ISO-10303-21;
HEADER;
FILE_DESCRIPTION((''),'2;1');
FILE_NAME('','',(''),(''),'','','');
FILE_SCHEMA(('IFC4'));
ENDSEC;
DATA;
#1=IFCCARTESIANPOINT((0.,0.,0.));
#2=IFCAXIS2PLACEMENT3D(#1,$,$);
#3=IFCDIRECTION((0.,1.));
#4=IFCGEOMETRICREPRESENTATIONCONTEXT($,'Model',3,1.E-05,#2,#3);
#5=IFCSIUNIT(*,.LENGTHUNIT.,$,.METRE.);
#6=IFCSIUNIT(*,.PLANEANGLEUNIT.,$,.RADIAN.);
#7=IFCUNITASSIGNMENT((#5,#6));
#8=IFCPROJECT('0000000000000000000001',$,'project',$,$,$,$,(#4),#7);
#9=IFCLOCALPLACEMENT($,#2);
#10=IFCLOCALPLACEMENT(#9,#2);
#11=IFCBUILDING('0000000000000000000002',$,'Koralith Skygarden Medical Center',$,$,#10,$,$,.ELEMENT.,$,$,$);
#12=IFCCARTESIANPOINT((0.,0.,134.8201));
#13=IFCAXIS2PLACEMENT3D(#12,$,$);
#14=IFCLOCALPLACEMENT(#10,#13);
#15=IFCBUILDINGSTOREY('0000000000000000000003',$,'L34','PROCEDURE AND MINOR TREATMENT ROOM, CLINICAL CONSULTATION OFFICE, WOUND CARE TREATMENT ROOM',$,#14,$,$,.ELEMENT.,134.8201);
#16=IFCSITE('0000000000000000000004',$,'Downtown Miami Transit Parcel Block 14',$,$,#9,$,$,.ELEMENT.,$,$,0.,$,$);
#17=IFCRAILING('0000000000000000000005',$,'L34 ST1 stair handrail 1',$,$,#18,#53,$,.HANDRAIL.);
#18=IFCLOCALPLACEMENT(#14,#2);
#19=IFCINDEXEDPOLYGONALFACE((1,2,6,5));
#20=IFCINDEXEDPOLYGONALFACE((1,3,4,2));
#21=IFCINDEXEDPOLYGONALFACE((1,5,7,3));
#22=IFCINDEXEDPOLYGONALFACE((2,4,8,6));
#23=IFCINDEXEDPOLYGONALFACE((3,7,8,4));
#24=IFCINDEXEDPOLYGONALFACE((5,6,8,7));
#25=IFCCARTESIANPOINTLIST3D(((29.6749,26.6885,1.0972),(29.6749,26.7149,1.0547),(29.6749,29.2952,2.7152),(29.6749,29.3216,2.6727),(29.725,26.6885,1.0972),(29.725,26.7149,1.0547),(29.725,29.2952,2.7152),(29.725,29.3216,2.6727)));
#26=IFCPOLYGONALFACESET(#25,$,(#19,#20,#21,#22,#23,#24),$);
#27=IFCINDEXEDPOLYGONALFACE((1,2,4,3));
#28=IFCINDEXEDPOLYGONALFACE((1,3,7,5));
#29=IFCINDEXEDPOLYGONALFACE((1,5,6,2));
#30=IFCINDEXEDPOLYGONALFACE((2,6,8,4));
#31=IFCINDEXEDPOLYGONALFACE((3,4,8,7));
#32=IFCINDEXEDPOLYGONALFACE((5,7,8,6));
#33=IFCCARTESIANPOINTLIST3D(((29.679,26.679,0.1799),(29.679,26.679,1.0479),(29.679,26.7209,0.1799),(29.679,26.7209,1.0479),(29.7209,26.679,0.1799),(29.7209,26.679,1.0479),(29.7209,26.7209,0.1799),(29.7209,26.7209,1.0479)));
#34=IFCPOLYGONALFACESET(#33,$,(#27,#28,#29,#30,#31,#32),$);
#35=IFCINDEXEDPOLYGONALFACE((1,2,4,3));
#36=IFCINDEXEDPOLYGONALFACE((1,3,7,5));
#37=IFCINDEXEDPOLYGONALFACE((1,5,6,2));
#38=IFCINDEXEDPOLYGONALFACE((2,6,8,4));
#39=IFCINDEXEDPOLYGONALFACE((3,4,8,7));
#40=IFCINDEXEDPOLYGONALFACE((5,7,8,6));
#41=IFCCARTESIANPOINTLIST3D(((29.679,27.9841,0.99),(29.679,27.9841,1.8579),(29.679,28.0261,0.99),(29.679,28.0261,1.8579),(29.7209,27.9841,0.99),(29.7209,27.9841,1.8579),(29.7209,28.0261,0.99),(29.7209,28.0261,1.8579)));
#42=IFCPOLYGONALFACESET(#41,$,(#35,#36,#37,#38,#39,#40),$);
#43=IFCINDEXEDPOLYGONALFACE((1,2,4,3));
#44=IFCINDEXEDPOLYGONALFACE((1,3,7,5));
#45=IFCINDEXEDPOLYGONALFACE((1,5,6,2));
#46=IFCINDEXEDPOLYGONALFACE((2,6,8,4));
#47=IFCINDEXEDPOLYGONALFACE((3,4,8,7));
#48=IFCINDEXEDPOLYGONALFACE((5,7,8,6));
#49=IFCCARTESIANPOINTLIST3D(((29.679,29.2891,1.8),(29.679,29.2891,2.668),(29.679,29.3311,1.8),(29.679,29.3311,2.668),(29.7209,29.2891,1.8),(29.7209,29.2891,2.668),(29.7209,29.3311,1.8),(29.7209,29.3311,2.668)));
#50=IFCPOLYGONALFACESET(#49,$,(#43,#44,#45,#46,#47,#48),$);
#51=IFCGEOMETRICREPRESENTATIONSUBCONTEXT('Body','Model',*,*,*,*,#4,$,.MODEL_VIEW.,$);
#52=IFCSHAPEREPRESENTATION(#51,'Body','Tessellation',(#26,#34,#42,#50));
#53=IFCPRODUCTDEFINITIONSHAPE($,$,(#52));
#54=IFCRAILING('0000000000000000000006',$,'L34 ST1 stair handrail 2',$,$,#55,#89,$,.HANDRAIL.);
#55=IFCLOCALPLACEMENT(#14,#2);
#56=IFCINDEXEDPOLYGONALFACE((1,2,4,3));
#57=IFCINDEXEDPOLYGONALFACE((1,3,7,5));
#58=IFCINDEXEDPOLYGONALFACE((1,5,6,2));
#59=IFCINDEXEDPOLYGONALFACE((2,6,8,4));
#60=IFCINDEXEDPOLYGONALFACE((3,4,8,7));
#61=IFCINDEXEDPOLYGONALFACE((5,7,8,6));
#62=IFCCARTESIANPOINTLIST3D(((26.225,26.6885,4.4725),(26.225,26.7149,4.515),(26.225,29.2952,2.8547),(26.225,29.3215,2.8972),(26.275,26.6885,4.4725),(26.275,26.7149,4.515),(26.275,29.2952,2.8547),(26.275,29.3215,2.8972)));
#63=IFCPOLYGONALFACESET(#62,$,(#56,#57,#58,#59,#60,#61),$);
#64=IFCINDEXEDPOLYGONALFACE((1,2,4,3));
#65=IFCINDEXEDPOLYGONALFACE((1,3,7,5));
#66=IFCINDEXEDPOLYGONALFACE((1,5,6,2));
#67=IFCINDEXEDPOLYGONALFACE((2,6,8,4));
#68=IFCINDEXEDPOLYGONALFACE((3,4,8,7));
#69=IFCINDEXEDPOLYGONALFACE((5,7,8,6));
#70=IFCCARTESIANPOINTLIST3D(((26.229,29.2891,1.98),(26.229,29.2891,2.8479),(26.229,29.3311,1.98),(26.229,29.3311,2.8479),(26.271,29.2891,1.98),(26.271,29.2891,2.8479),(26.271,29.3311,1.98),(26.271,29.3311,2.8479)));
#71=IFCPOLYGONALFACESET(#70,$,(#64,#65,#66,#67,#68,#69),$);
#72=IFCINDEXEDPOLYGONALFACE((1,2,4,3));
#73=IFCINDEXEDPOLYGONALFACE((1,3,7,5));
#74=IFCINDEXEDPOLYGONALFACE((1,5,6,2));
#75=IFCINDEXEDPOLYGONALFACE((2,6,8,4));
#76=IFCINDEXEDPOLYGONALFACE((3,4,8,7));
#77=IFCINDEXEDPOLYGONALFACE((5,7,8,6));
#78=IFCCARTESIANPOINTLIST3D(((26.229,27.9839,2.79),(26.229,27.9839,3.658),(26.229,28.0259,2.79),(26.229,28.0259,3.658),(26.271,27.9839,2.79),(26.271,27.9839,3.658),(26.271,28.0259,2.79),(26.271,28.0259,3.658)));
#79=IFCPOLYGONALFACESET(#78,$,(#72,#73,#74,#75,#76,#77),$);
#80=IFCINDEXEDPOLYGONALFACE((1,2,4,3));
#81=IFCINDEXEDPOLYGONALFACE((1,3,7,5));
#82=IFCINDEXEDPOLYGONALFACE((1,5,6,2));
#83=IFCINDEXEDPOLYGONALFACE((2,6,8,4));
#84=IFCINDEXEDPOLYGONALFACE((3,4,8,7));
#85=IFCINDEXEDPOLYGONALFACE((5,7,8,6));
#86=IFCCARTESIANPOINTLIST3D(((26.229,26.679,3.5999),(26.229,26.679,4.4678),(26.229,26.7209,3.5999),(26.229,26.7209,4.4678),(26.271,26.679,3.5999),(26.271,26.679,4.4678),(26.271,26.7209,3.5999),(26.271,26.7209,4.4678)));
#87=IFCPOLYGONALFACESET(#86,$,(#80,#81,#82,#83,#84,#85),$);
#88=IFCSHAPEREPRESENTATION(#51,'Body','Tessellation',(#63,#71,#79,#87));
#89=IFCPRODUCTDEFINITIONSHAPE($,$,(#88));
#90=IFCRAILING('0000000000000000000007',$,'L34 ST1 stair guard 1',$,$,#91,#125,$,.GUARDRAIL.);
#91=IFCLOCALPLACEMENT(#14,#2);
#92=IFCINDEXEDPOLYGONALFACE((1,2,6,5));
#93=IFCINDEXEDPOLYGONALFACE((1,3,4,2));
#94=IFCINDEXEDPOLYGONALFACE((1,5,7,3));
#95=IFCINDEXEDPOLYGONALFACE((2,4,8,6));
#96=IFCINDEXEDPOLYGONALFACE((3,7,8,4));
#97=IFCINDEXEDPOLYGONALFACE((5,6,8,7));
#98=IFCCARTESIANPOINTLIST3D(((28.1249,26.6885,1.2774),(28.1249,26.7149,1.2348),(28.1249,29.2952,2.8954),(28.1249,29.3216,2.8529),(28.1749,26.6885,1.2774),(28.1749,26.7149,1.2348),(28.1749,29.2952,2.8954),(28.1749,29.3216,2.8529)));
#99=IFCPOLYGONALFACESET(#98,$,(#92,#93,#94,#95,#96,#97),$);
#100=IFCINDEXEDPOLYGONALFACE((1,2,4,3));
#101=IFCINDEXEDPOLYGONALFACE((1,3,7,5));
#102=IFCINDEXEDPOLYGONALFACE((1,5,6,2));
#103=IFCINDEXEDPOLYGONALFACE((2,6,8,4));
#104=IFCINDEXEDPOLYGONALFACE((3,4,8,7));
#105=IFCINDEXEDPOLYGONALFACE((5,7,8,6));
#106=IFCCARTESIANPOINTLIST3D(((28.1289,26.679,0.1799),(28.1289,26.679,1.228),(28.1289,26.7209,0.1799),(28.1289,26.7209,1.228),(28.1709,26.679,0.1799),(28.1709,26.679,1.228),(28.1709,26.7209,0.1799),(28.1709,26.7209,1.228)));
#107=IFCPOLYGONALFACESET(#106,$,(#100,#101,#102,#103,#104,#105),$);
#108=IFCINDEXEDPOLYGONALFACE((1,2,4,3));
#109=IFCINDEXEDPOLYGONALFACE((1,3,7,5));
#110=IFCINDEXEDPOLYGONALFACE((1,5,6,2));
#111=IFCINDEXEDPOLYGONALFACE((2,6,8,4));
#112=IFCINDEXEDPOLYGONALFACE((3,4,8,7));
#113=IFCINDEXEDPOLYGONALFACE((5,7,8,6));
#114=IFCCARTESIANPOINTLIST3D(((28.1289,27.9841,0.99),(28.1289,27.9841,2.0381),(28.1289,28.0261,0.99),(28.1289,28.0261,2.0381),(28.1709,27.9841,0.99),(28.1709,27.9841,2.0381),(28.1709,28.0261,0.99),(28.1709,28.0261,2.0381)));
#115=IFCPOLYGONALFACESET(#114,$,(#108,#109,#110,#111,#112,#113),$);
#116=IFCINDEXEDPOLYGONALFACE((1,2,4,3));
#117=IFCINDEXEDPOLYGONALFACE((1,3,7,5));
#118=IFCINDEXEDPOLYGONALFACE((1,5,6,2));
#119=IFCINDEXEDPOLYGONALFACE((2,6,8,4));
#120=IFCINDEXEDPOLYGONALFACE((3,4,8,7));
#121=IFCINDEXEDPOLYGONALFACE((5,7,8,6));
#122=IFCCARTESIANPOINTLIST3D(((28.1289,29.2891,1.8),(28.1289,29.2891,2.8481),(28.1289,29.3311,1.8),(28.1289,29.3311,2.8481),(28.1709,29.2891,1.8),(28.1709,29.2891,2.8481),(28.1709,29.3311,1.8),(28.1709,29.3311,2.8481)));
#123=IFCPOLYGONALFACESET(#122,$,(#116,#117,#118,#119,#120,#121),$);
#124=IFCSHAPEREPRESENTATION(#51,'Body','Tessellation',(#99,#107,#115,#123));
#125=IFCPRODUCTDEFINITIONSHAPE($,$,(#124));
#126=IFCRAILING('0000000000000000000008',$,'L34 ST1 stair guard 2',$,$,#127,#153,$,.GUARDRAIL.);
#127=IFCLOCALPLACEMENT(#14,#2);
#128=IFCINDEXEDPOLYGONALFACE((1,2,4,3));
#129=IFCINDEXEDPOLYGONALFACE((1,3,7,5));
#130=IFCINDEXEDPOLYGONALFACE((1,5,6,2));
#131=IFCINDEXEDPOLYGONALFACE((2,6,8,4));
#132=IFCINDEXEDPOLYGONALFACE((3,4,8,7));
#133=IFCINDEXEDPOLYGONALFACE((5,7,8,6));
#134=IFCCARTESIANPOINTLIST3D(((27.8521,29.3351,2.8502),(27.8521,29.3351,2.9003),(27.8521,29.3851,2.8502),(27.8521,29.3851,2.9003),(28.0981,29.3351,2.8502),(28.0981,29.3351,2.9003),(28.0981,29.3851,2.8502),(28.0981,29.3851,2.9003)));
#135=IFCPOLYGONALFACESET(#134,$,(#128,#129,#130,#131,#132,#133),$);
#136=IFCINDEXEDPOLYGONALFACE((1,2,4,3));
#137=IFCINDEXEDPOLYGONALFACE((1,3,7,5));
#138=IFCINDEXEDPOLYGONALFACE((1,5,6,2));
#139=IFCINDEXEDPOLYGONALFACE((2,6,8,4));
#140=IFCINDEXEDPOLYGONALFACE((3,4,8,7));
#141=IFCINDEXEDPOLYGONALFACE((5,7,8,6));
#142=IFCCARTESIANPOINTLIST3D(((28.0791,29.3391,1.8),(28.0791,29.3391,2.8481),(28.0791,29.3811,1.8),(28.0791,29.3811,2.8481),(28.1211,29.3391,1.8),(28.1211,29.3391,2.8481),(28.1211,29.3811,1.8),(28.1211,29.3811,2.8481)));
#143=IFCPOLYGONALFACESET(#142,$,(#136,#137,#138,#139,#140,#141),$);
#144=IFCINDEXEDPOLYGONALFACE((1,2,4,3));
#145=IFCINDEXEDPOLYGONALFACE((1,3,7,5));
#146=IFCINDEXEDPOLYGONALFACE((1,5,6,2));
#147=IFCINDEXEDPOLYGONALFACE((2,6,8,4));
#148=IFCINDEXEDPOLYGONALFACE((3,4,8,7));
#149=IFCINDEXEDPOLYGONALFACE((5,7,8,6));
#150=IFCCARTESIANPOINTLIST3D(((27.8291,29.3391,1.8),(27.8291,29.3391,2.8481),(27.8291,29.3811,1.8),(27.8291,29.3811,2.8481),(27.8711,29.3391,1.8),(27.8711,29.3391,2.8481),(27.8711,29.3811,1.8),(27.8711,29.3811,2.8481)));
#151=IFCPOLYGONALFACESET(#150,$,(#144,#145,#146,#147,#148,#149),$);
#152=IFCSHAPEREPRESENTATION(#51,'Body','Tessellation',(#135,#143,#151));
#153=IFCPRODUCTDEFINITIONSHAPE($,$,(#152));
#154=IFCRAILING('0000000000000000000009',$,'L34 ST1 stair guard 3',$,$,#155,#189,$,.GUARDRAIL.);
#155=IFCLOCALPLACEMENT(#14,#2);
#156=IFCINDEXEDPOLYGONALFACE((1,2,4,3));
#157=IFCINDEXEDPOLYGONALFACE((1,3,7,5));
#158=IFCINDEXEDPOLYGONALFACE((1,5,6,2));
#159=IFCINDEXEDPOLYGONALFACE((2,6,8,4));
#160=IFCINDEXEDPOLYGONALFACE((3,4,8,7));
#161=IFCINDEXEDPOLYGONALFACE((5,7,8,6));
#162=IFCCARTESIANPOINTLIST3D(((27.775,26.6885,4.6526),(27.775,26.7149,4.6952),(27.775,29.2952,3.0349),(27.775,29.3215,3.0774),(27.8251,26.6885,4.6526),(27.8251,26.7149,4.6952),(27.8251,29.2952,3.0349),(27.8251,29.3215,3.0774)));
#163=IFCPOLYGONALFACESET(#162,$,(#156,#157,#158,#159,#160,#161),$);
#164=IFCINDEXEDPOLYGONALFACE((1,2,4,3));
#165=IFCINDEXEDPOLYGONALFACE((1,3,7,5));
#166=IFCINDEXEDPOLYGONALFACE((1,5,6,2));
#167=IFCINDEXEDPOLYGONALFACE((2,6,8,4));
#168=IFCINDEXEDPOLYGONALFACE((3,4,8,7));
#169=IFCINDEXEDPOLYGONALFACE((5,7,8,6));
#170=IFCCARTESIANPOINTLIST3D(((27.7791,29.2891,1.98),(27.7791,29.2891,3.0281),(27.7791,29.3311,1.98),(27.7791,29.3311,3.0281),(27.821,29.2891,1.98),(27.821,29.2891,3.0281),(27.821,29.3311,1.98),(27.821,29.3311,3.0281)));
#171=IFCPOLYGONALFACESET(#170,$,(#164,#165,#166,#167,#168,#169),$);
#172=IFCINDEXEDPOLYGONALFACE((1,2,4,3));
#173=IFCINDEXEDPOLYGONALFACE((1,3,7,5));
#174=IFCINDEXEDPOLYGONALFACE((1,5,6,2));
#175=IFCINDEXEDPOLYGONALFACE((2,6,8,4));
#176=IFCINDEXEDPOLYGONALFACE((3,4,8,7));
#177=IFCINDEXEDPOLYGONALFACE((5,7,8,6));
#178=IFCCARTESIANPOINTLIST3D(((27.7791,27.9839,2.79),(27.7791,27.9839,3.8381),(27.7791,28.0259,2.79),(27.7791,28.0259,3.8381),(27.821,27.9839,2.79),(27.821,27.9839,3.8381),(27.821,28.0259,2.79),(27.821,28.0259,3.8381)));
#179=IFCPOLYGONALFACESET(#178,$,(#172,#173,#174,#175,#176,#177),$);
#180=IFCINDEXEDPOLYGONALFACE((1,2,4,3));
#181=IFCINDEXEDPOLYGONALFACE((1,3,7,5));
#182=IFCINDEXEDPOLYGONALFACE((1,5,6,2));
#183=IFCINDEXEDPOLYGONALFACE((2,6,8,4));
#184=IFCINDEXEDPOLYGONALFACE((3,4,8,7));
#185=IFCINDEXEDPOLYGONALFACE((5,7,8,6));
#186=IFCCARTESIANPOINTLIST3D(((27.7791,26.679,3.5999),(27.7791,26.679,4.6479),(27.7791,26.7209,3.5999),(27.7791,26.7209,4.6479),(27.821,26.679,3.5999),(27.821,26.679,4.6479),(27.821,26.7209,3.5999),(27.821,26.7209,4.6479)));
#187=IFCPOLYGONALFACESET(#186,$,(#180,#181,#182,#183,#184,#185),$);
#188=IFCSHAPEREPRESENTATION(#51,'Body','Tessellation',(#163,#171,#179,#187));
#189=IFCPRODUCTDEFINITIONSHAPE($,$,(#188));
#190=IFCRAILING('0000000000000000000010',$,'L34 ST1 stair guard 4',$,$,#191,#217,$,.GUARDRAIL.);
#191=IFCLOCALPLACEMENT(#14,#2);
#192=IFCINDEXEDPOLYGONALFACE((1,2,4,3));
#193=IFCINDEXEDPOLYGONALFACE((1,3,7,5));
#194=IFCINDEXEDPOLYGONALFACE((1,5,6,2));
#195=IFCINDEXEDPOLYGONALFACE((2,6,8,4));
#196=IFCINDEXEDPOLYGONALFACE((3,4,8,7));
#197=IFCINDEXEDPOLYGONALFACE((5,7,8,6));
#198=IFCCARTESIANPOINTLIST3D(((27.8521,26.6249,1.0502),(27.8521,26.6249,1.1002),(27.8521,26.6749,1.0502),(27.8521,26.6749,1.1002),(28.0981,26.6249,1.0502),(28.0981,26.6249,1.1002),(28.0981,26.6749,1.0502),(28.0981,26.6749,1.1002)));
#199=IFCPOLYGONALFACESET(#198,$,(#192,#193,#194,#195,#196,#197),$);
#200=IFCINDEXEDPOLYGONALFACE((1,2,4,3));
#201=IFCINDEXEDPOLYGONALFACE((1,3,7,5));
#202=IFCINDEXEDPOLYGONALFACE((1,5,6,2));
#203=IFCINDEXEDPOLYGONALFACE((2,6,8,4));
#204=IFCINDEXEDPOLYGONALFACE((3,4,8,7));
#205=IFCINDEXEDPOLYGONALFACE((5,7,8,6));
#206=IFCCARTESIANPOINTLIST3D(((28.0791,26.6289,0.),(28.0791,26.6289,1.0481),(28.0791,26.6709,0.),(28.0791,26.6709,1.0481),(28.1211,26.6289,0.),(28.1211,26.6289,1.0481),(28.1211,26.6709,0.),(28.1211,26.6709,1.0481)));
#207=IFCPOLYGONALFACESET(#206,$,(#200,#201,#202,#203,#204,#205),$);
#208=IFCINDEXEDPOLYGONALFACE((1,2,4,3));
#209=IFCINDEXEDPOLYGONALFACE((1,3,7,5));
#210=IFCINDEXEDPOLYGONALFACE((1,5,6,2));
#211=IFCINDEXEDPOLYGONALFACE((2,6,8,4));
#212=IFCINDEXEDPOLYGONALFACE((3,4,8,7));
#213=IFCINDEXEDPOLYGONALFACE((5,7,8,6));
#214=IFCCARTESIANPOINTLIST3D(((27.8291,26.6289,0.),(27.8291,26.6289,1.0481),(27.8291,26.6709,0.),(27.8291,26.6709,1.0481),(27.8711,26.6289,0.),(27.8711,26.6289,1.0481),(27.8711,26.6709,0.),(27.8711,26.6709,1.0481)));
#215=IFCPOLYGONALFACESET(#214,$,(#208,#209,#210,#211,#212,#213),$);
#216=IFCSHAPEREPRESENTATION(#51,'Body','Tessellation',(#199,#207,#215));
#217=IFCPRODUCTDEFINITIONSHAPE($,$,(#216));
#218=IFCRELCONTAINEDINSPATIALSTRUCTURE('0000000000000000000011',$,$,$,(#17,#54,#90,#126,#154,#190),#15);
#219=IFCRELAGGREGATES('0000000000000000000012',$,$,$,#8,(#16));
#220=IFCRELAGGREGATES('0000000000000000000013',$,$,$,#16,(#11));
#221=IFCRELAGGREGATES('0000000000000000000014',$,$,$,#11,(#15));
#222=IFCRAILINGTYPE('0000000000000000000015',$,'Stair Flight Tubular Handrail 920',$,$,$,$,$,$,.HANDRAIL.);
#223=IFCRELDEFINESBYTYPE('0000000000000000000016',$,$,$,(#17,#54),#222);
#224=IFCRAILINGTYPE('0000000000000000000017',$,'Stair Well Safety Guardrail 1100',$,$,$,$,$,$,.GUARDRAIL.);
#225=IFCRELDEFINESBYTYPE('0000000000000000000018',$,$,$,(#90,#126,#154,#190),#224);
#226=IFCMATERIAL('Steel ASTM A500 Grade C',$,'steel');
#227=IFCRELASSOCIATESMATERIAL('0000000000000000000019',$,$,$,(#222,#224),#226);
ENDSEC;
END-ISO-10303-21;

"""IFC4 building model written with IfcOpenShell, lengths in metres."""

from ifc_helpers import new_model, si_unit, direction, frame, origin, origin_2d, place, context, subcontext, project, spatial, rectangle, extrude, material, type_object, element, save


model = new_model("IFC4")

# Units and contexts
model_context = context("Model", 3, precision=1e-05, world=origin(), true_north=direction((0.0, 1.0)))
body_context = subcontext(model_context, "Body", "Model", "MODEL_VIEW")
ifc_project = project(units=[si_unit("LENGTHUNIT", "METRE"), si_unit("PLANEANGLEUNIT", "RADIAN")], contexts=[model_context])

# Site, building, storey
site_placement = place(None, origin())
site = spatial("IfcSite", under=ifc_project, at=site_placement, Name="Downtown Miami Transit Parcel Block 14", CompositionType="ELEMENT", RefElevation=0.0)
building_placement = place(site_placement, origin())
building = spatial("IfcBuilding", under=site, at=building_placement, Name="Koralith Skygarden Medical Center", CompositionType="ELEMENT")
storey_placement = place(building_placement, frame((0.0, 0.0, 134.8201)))
storey = spatial("IfcBuildingStorey", under=building, at=storey_placement, Name="L34", Description="PROCEDURE AND MINOR TREATMENT ROOM, CLINICAL CONSULTATION OFFICE, WOUND CARE TREATMENT ROOM", CompositionType="ELEMENT", Elevation=134.8201)

# Shared definitions
ifc_material_1 = material(Name="Steel ASTM A500 Grade C", Category="steel")

# Railings
railing_type_1 = type_object("IfcRailingType", Name="Stair Flight Tubular Handrail 920", PredefinedType="HANDRAIL", material=ifc_material_1)
railing_1_placement = place(storey_placement, frame((29.7, 26.7, 0.1799)))
element("IfcRailing", 1, at=railing_1_placement, inside=storey, type_object=railing_type_1, Name="L34 ST1 stair handrail 1", PredefinedType="HANDRAIL", context=body_context, shape_type="SweptSolid", body=[
    extrude(rectangle(XDim=0.05, YDim=0.05, at=origin_2d()), frame((0.0, 0.0017, 0.896), z_axis=(0.0, 0.849633, 0.527375), x_axis=(-1.0, 0.0, 0.0)), (0.0, 0.0, 1.0), 3.0681),
    extrude(rectangle(XDim=0.042, YDim=0.042, at=origin_2d()), origin(), (0.0, 0.0, 1.0), 0.8679),
    extrude(rectangle(XDim=0.042, YDim=0.042, at=origin_2d()), frame((0.0, 1.3052, 0.8101)), (0.0, 0.0, 1.0), 0.8679),
    extrude(rectangle(XDim=0.042, YDim=0.042, at=origin_2d()), frame((0.0, 2.6101, 1.6201)), (0.0, 0.0, 1.0), 0.8679),
])
railing_2_placement = place(storey_placement, frame((26.25, 29.3101, 1.98)))
element("IfcRailing", 2, at=railing_2_placement, inside=storey, type_object=railing_type_1, Name="L34 ST1 stair handrail 2", PredefinedType="HANDRAIL", context=body_context, shape_type="SweptSolid", body=[
    extrude(rectangle(XDim=0.05, YDim=0.05, at=origin_2d()), frame((0.0, -0.0017, 0.896), z_axis=(0.0, -0.849668, 0.527317), x_axis=(1.0, 0.0, 0.0)), (0.0, 0.0, 1.0), 3.0679),
    extrude(rectangle(XDim=0.042, YDim=0.042, at=origin_2d()), origin(), (0.0, 0.0, 1.0), 0.8679),
    extrude(rectangle(XDim=0.042, YDim=0.042, at=origin_2d()), frame((0.0, -1.3052, 0.8101)), (0.0, 0.0, 1.0), 0.8679),
    extrude(rectangle(XDim=0.042, YDim=0.042, at=origin_2d()), frame((0.0, -2.6101, 1.6199)), (0.0, 0.0, 1.0), 0.8679),
])
railing_type_2 = type_object("IfcRailingType", Name="Stair Well Safety Guardrail 1100", PredefinedType="GUARDRAIL", material=ifc_material_1)
railing_3_placement = place(storey_placement, frame((28.1499, 26.7, 0.1799)))
element("IfcRailing", 3, at=railing_3_placement, inside=storey, type_object=railing_type_2, Name="L34 ST1 stair guard 1", PredefinedType="GUARDRAIL", context=body_context, shape_type="SweptSolid", body=[
    extrude(rectangle(XDim=0.05, YDim=0.05, at=origin_2d()), frame((0.0, 0.0017, 1.0762), z_axis=(0.0, 0.849633, 0.527375), x_axis=(-1.0, 0.0, 0.0)), (0.0, 0.0, 1.0), 3.0681),
    extrude(rectangle(XDim=0.042, YDim=0.042, at=origin_2d()), origin(), (0.0, 0.0, 1.0), 1.0481),
    extrude(rectangle(XDim=0.042, YDim=0.042, at=origin_2d()), frame((0.0, 1.3052, 0.8101)), (0.0, 0.0, 1.0), 1.0481),
    extrude(rectangle(XDim=0.042, YDim=0.042, at=origin_2d()), frame((0.0, 2.6101, 1.6201)), (0.0, 0.0, 1.0), 1.0481),
])
railing_4_placement = place(storey_placement, frame((28.1001, 29.3601, 1.8)))
element("IfcRailing", 4, at=railing_4_placement, inside=storey, type_object=railing_type_2, Name="L34 ST1 stair guard 2", PredefinedType="GUARDRAIL", context=body_context, shape_type="SweptSolid", body=[
    extrude(rectangle(XDim=0.05, YDim=0.05, at=origin_2d()), frame((-0.002, 0.0, 1.0752), z_axis=(-1.0, 0.0, 0.0), x_axis=(0.0, -1.0, 0.0)), (0.0, 0.0, 1.0), 0.2461),
    extrude(rectangle(XDim=0.042, YDim=0.042, at=origin_2d()), origin(), (0.0, 0.0, 1.0), 1.0481),
    extrude(rectangle(XDim=0.042, YDim=0.042, at=origin_2d()), frame((-0.25, 0.0, 0.0)), (0.0, 0.0, 1.0), 1.0481),
])
railing_5_placement = place(storey_placement, frame((27.8, 29.3101, 1.98)))
element("IfcRailing", 5, at=railing_5_placement, inside=storey, type_object=railing_type_2, Name="L34 ST1 stair guard 3", PredefinedType="GUARDRAIL", context=body_context, shape_type="SweptSolid", body=[
    extrude(rectangle(XDim=0.05, YDim=0.05, at=origin_2d()), frame((0.0, -0.0017, 1.0762), z_axis=(0.0, -0.849668, 0.527317), x_axis=(1.0, 0.0, 0.0)), (0.0, 0.0, 1.0), 3.0679),
    extrude(rectangle(XDim=0.042, YDim=0.042, at=origin_2d()), origin(), (0.0, 0.0, 1.0), 1.0481),
    extrude(rectangle(XDim=0.042, YDim=0.042, at=origin_2d()), frame((0.0, -1.3052, 0.8101)), (0.0, 0.0, 1.0), 1.0481),
    extrude(rectangle(XDim=0.042, YDim=0.042, at=origin_2d()), frame((0.0, -2.6101, 1.6199)), (0.0, 0.0, 1.0), 1.0481),
])
railing_6_placement = place(storey_placement, frame((28.1001, 26.6499, 0.0)))
element("IfcRailing", 6, at=railing_6_placement, inside=storey, type_object=railing_type_2, Name="L34 ST1 stair guard 4", PredefinedType="GUARDRAIL", context=body_context, shape_type="SweptSolid", body=[
    extrude(rectangle(XDim=0.05, YDim=0.05, at=origin_2d()), frame((-0.002, 0.0, 1.0752), z_axis=(-1.0, 0.0, 0.0), x_axis=(0.0, -1.0, 0.0)), (0.0, 0.0, 1.0), 0.2461),
    extrude(rectangle(XDim=0.042, YDim=0.042, at=origin_2d()), origin(), (0.0, 0.0, 1.0), 1.0481),
    extrude(rectangle(XDim=0.042, YDim=0.042, at=origin_2d()), frame((-0.25, 0.0, 0.0)), (0.0, 0.0, 1.0), 1.0481),
])

save(model, "model.ifc")
